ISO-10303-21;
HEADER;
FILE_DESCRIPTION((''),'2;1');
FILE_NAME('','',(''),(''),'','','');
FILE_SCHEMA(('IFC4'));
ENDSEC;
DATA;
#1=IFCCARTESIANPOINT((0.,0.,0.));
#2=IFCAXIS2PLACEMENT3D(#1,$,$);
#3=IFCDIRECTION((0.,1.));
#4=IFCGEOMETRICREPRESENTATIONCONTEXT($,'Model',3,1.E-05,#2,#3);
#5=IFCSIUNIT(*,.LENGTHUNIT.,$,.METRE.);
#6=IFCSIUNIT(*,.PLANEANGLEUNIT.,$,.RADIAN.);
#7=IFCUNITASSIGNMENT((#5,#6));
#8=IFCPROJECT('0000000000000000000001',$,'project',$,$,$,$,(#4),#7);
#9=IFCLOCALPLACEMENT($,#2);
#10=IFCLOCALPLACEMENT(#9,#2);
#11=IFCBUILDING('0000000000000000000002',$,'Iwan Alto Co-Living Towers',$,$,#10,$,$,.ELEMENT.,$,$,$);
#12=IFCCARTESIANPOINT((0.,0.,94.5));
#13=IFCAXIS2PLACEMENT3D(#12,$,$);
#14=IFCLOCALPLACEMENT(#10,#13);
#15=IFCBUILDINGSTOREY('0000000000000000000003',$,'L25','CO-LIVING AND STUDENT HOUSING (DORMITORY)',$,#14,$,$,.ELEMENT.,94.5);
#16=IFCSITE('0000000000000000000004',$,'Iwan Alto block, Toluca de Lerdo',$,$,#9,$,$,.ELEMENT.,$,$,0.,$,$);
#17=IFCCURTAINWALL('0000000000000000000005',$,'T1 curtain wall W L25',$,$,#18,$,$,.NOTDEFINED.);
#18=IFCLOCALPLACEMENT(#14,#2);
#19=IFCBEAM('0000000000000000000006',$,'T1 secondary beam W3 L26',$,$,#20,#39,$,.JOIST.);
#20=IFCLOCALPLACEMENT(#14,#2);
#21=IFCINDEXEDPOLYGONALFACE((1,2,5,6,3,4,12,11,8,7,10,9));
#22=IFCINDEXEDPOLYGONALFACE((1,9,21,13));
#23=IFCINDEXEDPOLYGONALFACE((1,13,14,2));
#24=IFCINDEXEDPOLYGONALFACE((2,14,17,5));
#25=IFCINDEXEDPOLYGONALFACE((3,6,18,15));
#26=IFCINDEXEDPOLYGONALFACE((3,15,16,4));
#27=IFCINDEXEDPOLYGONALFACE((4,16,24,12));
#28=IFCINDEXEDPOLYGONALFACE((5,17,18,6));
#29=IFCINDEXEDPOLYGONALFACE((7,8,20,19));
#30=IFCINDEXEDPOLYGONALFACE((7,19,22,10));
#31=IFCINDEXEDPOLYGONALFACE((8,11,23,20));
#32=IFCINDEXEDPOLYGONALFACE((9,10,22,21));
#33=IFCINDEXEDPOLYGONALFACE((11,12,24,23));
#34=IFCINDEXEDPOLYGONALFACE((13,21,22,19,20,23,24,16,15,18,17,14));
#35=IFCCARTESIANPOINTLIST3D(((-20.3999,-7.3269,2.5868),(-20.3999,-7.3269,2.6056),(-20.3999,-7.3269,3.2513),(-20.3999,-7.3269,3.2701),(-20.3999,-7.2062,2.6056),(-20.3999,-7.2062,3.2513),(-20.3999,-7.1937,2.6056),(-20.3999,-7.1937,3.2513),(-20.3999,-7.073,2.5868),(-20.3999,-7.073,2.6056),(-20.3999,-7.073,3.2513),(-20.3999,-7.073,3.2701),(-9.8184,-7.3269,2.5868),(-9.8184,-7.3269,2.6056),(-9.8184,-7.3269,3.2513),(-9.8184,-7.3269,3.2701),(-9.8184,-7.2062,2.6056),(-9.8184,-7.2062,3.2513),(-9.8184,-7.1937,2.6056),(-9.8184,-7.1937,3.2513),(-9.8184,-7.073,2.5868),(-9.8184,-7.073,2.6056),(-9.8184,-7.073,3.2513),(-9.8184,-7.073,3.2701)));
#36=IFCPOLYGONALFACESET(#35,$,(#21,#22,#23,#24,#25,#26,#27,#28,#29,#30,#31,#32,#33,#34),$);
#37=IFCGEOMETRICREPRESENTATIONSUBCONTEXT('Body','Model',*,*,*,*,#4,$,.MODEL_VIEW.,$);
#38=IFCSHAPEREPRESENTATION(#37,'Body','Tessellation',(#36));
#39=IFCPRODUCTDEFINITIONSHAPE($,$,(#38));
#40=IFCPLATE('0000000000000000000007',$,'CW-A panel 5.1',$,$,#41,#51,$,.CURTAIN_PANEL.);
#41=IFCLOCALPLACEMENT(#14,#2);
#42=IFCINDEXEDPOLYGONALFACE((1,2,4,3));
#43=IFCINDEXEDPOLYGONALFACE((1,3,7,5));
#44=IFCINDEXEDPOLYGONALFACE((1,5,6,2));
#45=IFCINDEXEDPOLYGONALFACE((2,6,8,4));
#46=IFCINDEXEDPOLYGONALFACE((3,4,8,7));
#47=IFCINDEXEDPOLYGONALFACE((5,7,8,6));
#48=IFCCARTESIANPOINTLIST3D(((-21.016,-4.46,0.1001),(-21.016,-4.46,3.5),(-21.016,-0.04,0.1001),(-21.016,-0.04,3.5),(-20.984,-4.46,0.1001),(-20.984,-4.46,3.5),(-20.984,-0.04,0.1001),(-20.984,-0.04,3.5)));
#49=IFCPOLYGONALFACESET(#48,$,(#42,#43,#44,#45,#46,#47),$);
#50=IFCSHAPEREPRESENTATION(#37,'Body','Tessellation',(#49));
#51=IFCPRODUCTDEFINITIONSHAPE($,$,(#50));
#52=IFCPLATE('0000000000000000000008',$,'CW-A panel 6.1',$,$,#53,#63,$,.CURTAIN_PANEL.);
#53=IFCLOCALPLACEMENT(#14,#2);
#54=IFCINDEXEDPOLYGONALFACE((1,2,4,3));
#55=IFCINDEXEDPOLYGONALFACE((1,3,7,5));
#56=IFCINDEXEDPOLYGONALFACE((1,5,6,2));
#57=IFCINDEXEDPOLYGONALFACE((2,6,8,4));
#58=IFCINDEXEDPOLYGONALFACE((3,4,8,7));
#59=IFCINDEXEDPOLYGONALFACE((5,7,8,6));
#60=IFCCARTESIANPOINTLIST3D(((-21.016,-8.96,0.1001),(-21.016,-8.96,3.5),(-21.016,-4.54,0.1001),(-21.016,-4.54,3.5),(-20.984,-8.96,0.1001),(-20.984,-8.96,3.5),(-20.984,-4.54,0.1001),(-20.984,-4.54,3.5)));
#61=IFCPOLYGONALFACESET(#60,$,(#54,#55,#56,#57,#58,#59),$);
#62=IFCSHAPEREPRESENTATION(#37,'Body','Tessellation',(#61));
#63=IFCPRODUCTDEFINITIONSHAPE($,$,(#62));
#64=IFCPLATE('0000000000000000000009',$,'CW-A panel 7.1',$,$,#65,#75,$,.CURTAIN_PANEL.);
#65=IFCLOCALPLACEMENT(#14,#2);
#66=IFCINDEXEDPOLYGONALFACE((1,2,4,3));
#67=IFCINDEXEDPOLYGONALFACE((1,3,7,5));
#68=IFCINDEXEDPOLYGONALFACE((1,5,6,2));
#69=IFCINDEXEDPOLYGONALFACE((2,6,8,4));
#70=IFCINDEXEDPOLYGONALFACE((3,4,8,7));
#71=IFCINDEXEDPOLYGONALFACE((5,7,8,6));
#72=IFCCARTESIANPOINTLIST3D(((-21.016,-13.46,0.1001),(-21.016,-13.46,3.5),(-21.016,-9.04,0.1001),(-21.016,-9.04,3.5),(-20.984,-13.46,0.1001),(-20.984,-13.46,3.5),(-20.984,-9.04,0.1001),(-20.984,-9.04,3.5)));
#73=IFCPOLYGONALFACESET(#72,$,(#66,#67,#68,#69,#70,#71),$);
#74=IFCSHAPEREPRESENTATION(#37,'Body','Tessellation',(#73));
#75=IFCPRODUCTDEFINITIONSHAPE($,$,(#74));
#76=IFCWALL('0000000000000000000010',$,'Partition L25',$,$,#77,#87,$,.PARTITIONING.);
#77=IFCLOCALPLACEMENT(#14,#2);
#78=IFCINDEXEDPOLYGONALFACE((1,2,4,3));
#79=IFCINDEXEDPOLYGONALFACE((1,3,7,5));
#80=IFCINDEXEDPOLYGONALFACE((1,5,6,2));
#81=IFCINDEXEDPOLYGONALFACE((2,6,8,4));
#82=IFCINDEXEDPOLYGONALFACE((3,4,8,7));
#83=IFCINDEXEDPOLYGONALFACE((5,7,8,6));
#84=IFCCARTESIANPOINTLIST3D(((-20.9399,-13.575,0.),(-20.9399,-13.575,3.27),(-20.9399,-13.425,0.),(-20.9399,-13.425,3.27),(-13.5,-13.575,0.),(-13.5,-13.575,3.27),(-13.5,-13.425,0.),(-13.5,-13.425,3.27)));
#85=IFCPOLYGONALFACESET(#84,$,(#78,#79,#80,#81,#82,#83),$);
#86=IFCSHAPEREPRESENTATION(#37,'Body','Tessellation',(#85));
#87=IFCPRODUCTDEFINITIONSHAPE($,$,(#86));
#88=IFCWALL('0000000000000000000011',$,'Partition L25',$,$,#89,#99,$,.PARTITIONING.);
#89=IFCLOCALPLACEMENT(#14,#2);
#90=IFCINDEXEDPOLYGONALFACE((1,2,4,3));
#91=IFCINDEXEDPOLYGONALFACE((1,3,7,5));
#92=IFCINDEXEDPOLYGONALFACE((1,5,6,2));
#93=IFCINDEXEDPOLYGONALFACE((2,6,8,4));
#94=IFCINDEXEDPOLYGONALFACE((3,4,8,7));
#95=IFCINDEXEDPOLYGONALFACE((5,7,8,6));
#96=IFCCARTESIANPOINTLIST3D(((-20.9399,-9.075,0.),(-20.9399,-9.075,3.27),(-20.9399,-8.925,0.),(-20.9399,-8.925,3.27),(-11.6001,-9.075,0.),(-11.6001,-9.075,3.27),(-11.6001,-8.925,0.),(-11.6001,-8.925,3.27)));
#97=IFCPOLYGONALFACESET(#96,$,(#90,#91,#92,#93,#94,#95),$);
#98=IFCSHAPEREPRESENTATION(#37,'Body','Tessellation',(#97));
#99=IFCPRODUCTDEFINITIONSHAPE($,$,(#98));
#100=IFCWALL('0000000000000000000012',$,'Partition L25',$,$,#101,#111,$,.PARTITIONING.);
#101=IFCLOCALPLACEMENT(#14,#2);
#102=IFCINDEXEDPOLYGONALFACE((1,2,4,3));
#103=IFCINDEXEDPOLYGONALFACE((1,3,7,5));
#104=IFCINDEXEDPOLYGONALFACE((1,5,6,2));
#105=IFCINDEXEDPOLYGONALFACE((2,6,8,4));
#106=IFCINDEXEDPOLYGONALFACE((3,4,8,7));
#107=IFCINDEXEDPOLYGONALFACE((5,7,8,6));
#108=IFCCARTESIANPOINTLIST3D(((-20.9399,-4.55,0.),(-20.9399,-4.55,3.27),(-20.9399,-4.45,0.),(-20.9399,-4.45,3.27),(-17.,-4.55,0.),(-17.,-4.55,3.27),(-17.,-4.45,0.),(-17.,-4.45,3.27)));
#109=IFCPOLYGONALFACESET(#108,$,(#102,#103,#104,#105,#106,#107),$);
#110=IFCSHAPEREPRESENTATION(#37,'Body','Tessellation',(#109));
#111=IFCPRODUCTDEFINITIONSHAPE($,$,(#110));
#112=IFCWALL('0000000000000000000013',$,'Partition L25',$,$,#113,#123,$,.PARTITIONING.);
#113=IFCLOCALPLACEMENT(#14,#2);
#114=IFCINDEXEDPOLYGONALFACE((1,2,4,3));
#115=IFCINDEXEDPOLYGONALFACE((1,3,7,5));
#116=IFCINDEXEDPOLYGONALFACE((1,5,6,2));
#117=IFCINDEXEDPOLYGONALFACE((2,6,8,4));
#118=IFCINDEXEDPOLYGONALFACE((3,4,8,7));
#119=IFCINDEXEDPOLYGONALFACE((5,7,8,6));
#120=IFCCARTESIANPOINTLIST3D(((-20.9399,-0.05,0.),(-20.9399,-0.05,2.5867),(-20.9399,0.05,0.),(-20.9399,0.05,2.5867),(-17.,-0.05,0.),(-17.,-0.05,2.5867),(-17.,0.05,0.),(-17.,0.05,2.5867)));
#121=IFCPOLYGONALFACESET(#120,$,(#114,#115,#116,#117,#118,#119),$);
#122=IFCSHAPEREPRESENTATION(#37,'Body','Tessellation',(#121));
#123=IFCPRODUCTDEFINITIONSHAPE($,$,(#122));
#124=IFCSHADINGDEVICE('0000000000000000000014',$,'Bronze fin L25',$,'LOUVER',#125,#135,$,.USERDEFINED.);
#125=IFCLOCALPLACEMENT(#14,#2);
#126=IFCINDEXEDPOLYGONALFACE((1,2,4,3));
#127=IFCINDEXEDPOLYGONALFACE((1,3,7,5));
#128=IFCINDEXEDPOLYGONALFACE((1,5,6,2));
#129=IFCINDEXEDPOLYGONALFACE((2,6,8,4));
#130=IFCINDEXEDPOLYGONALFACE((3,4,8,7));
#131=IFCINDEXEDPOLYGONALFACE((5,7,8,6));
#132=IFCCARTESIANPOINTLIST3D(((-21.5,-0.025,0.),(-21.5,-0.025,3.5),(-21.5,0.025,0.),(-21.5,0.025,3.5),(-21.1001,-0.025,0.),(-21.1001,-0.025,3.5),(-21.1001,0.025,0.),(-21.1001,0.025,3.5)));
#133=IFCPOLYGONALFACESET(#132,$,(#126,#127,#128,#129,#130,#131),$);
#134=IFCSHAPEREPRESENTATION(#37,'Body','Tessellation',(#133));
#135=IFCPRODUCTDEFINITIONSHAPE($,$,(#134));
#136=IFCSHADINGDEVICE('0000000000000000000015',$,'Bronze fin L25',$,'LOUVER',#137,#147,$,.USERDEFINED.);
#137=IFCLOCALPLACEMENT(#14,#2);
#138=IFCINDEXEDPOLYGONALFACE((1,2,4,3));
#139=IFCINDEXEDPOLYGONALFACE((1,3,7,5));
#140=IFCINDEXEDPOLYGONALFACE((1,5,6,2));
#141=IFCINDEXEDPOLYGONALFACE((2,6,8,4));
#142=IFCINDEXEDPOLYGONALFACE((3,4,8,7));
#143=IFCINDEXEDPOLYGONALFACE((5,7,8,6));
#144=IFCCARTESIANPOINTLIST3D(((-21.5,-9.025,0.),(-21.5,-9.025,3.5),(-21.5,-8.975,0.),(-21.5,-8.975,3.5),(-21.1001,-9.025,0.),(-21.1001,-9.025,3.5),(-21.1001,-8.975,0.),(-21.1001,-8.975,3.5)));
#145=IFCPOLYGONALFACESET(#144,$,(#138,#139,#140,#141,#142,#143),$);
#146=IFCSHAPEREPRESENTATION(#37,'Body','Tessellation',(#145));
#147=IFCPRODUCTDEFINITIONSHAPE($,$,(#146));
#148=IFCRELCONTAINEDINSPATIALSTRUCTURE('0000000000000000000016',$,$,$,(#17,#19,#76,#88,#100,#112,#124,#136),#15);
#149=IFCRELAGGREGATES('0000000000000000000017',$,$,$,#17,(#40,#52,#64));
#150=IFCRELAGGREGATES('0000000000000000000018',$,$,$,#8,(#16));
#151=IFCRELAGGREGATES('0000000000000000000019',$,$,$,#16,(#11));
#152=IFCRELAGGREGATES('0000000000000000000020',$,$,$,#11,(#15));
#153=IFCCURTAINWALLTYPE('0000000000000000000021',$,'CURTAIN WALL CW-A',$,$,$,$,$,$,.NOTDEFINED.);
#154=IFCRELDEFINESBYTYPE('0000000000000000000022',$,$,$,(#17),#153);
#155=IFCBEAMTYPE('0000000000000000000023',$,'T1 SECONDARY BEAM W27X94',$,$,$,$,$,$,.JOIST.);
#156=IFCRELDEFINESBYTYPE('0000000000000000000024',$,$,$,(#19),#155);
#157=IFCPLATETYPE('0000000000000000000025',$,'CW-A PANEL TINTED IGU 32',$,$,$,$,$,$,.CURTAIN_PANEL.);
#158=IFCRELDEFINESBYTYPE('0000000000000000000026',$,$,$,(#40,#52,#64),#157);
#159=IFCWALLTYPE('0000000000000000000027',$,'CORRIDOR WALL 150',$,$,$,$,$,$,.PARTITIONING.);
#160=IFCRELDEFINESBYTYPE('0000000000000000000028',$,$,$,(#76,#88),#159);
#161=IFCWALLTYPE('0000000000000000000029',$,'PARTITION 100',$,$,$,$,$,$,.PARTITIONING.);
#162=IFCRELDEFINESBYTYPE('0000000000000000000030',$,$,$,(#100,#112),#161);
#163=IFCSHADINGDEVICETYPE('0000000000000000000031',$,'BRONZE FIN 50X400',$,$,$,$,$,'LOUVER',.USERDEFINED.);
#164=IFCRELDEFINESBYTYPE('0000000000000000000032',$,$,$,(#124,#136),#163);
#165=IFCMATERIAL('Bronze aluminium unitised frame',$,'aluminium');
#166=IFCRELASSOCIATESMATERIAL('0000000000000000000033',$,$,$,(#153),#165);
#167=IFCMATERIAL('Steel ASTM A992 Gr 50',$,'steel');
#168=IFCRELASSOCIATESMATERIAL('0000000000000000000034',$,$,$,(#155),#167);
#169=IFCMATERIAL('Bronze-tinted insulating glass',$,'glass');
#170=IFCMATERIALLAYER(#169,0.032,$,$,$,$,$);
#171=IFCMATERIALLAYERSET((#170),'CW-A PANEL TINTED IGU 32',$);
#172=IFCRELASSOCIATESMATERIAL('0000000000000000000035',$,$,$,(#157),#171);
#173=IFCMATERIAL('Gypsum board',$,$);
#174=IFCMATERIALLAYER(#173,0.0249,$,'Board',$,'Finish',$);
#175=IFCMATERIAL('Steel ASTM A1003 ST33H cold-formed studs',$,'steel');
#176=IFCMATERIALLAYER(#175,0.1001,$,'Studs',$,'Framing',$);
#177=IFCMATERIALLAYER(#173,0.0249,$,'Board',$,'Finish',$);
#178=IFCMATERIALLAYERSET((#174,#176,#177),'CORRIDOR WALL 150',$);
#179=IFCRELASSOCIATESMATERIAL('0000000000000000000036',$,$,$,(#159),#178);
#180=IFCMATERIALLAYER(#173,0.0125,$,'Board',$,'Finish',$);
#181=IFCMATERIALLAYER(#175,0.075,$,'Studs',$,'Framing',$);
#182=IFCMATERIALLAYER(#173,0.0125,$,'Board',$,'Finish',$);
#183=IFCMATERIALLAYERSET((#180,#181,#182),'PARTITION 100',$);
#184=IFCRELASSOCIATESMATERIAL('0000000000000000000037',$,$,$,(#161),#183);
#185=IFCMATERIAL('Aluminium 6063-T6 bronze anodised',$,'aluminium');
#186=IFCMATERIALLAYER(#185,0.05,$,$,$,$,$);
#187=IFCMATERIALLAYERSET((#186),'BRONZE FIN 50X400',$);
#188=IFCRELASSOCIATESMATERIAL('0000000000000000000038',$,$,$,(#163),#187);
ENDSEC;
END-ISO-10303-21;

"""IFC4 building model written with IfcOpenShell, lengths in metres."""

from ifc_helpers import new_model, si_unit, direction, frame, frame_2d, origin, origin_2d, place, context, subcontext, project, spatial, rectangle, i_section, extrude, material, layer, layer_set, material_profile, profile_set, type_object, element, aggregate, save


model = new_model("IFC4")

# Units and contexts
model_context = context("Model", 3, precision=1e-05, world=origin(), true_north=direction((0.0, 1.0)))
body_context = subcontext(model_context, "Body", "Model", "MODEL_VIEW")
ifc_project = project(units=[si_unit("LENGTHUNIT", "METRE"), si_unit("PLANEANGLEUNIT", "RADIAN")], contexts=[model_context])

# Site, building, storey
site_placement = place(None, origin())
site = spatial("IfcSite", under=ifc_project, at=site_placement, Name="Iwan Alto block, Toluca de Lerdo", CompositionType="ELEMENT", RefElevation=0.0)
building_placement = place(site_placement, origin())
building = spatial("IfcBuilding", under=site, at=building_placement, Name="Iwan Alto Co-Living Towers", CompositionType="ELEMENT")
storey_placement = place(building_placement, frame((0.0, 0.0, 94.5)))
storey = spatial("IfcBuildingStorey", under=building, at=storey_placement, Name="L25", Description="CO-LIVING AND STUDENT HOUSING (DORMITORY)", CompositionType="ELEMENT", Elevation=94.5)

# Curtain wall
ifc_material_1 = material(Name="Bronze aluminium unitised frame", Category="aluminium")
curtain_wall_type = type_object("IfcCurtainWallType", Name="CURTAIN WALL CW-A", PredefinedType="NOTDEFINED", material=ifc_material_1)
curtain_wall_placement = place(storey_placement, origin())
curtain_wall = element("IfcCurtainWall", 1, at=curtain_wall_placement, inside=storey, type_object=curtain_wall_type, Name="T1 curtain wall W L25", PredefinedType="NOTDEFINED")

# Beam
ifc_material_2 = material(Name="Steel ASTM A992 Gr 50", Category="steel")
ifc_material_profile_1 = material_profile(ifc_material_2, i_section(OverallWidth=0.2539, OverallDepth=0.6833, WebThickness=0.0125, FlangeThickness=0.0188, at=origin_2d()), Name="W27X94")
ifc_profile_set_1 = profile_set([ifc_material_profile_1], Name="Steel ASTM A992 Gr 50")
beam_type_1 = type_object("IfcBeamType", Name="T1 SECONDARY BEAM W27X94", PredefinedType="JOIST", material=ifc_profile_set_1)
beam_1_placement = place(storey_placement, frame((-20.3999, -7.2, 2.9285), z_axis=(1.0, 0.0, 0.0), x_axis=(0.0, 1.0, 0.0)))
element("IfcBeam", 2, at=beam_1_placement, inside=storey, type_object=beam_type_1, Name="T1 secondary beam W3 L26", PredefinedType="JOIST", context=body_context, shape_type="SweptSolid", body=[
    extrude(i_section(OverallWidth=0.2539, OverallDepth=0.6833, WebThickness=0.0125, FlangeThickness=0.0188, at=origin_2d()), origin(), (0.0, 0.0, 1.0), 10.5815),
])

# Plates
ifc_material_3 = material(Name="Bronze-tinted insulating glass", Category="glass")
ifc_layer_1 = layer(ifc_material_3, 0.032)
ifc_layer_set_1 = layer_set([ifc_layer_1], Name="CW-A PANEL TINTED IGU 32")
plate_type = type_object("IfcPlateType", Name="CW-A PANEL TINTED IGU 32", PredefinedType="CURTAIN_PANEL", material=ifc_layer_set_1)
plate_1_placement = place(storey_placement, frame((-21.0, -2.25, 0.1001), z_axis=(0.0, 0.0, 1.0), x_axis=(0.0, -1.0, 0.0)))
plate_1 = element("IfcPlate", 3, at=plate_1_placement, type_object=plate_type, Name="CW-A panel 5.1", PredefinedType="CURTAIN_PANEL", context=body_context, shape_type="SweptSolid", body=[
    extrude(rectangle(XDim=4.4199, YDim=0.032, at=origin_2d()), origin(), (0.0, 0.0, 1.0), 3.3999),
])
plate_2_placement = place(storey_placement, frame((-21.0, -6.75, 0.1001), z_axis=(0.0, 0.0, 1.0), x_axis=(0.0, -1.0, 0.0)))
plate_2 = element("IfcPlate", 4, at=plate_2_placement, type_object=plate_type, Name="CW-A panel 6.1", PredefinedType="CURTAIN_PANEL", context=body_context, shape_type="SweptSolid", body=[
    extrude(rectangle(XDim=4.4199, YDim=0.032, at=origin_2d()), origin(), (0.0, 0.0, 1.0), 3.3999),
])
plate_3_placement = place(storey_placement, frame((-21.0, -11.25, 0.1001), z_axis=(0.0, 0.0, 1.0), x_axis=(0.0, -1.0, 0.0)))
plate_3 = element("IfcPlate", 5, at=plate_3_placement, type_object=plate_type, Name="CW-A panel 7.1", PredefinedType="CURTAIN_PANEL", context=body_context, shape_type="SweptSolid", body=[
    extrude(rectangle(XDim=4.4199, YDim=0.032, at=origin_2d()), origin(), (0.0, 0.0, 1.0), 3.3999),
])
aggregate(curtain_wall, [plate_1, plate_2, plate_3])

# Walls
ifc_material_4 = material(Name="Gypsum board")
ifc_layer_2 = layer(ifc_material_4, 0.0249, Name="Board", Category="Finish")
ifc_material_5 = material(Name="Steel ASTM A1003 ST33H cold-formed studs", Category="steel")
ifc_layer_3 = layer(ifc_material_5, 0.1001, Name="Studs", Category="Framing")
ifc_layer_4 = layer(ifc_material_4, 0.0249, Name="Board", Category="Finish")
ifc_layer_set_2 = layer_set([ifc_layer_2, ifc_layer_3, ifc_layer_4], Name="CORRIDOR WALL 150")
wall_type_1 = type_object("IfcWallType", Name="CORRIDOR WALL 150", PredefinedType="PARTITIONING", material=ifc_layer_set_2)
wall_1_placement = place(storey_placement, frame((-20.9399, -13.5, 0.0), z_axis=(0.0, 0.0, 1.0), x_axis=(1.0, 0.0, 0.0)))
element("IfcWall", 6, at=wall_1_placement, inside=storey, type_object=wall_type_1, Name="Partition L25", PredefinedType="PARTITIONING", context=body_context, shape_type="SweptSolid", body=[
    extrude(rectangle(XDim=7.4399, YDim=0.1499, at=frame_2d((3.72, 0.0))), origin(), (0.0, 0.0, 1.0), 3.27),
])
wall_2_placement = place(storey_placement, frame((-20.9399, -9.0, 0.0), z_axis=(0.0, 0.0, 1.0), x_axis=(1.0, 0.0, 0.0)))
element("IfcWall", 7, at=wall_2_placement, inside=storey, type_object=wall_type_1, Name="Partition L25", PredefinedType="PARTITIONING", context=body_context, shape_type="SweptSolid", body=[
    extrude(rectangle(XDim=9.3398, YDim=0.1499, at=frame_2d((4.6699, 0.0))), origin(), (0.0, 0.0, 1.0), 3.27),
])
ifc_layer_5 = layer(ifc_material_4, 0.0125, Name="Board", Category="Finish")
ifc_layer_6 = layer(ifc_material_5, 0.075, Name="Studs", Category="Framing")
ifc_layer_7 = layer(ifc_material_4, 0.0125, Name="Board", Category="Finish")
ifc_layer_set_3 = layer_set([ifc_layer_5, ifc_layer_6, ifc_layer_7], Name="PARTITION 100")
wall_type_2 = type_object("IfcWallType", Name="PARTITION 100", PredefinedType="PARTITIONING", material=ifc_layer_set_3)
wall_3_placement = place(storey_placement, frame((-20.9399, -4.5, 0.0), z_axis=(0.0, 0.0, 1.0), x_axis=(1.0, 0.0, 0.0)))
element("IfcWall", 8, at=wall_3_placement, inside=storey, type_object=wall_type_2, Name="Partition L25", PredefinedType="PARTITIONING", context=body_context, shape_type="SweptSolid", body=[
    extrude(rectangle(XDim=3.9399, YDim=0.1001, at=frame_2d((1.97, 0.0))), origin(), (0.0, 0.0, 1.0), 3.27),
])
wall_4_placement = place(storey_placement, frame((-20.9399, 0.0, 0.0), z_axis=(0.0, 0.0, 1.0), x_axis=(1.0, 0.0, 0.0)))
element("IfcWall", 9, at=wall_4_placement, inside=storey, type_object=wall_type_2, Name="Partition L25", PredefinedType="PARTITIONING", context=body_context, shape_type="SweptSolid", body=[
    extrude(rectangle(XDim=3.9399, YDim=0.1001, at=frame_2d((1.97, 0.0))), origin(), (0.0, 0.0, 1.0), 2.5867),
])

# Shading devices
ifc_material_6 = material(Name="Aluminium 6063-T6 bronze anodised", Category="aluminium")
ifc_layer_8 = layer(ifc_material_6, 0.05)
ifc_layer_set_4 = layer_set([ifc_layer_8], Name="BRONZE FIN 50X400")
shading_device_type = type_object("IfcShadingDeviceType", Name="BRONZE FIN 50X400", ElementType="LOUVER", PredefinedType="USERDEFINED", material=ifc_layer_set_4)
for number, where, z_axis, x_axis, name in (
    (10, (-21.3, 0.0, 0.0), (0.0, 0.0, 1.0), (0.0, -1.0, 0.0), "Bronze fin L25"),
    (11, (-21.3, -9.0, 0.0), (0.0, 0.0, 1.0), (0.0, -1.0, 0.0), "Bronze fin L25"),
):
    element("IfcShadingDevice", number, at=place(storey_placement, frame(where, z_axis=z_axis, x_axis=x_axis)), inside=storey, type_object=shading_device_type, Name=name, ObjectType="LOUVER", PredefinedType="USERDEFINED", context=body_context, shape_type="SweptSolid", body=[
        extrude(rectangle(XDim=0.05, YDim=0.3999, at=origin_2d()), origin(), (0.0, 0.0, 1.0), 3.5),
    ])

save(model, "model.ifc")
